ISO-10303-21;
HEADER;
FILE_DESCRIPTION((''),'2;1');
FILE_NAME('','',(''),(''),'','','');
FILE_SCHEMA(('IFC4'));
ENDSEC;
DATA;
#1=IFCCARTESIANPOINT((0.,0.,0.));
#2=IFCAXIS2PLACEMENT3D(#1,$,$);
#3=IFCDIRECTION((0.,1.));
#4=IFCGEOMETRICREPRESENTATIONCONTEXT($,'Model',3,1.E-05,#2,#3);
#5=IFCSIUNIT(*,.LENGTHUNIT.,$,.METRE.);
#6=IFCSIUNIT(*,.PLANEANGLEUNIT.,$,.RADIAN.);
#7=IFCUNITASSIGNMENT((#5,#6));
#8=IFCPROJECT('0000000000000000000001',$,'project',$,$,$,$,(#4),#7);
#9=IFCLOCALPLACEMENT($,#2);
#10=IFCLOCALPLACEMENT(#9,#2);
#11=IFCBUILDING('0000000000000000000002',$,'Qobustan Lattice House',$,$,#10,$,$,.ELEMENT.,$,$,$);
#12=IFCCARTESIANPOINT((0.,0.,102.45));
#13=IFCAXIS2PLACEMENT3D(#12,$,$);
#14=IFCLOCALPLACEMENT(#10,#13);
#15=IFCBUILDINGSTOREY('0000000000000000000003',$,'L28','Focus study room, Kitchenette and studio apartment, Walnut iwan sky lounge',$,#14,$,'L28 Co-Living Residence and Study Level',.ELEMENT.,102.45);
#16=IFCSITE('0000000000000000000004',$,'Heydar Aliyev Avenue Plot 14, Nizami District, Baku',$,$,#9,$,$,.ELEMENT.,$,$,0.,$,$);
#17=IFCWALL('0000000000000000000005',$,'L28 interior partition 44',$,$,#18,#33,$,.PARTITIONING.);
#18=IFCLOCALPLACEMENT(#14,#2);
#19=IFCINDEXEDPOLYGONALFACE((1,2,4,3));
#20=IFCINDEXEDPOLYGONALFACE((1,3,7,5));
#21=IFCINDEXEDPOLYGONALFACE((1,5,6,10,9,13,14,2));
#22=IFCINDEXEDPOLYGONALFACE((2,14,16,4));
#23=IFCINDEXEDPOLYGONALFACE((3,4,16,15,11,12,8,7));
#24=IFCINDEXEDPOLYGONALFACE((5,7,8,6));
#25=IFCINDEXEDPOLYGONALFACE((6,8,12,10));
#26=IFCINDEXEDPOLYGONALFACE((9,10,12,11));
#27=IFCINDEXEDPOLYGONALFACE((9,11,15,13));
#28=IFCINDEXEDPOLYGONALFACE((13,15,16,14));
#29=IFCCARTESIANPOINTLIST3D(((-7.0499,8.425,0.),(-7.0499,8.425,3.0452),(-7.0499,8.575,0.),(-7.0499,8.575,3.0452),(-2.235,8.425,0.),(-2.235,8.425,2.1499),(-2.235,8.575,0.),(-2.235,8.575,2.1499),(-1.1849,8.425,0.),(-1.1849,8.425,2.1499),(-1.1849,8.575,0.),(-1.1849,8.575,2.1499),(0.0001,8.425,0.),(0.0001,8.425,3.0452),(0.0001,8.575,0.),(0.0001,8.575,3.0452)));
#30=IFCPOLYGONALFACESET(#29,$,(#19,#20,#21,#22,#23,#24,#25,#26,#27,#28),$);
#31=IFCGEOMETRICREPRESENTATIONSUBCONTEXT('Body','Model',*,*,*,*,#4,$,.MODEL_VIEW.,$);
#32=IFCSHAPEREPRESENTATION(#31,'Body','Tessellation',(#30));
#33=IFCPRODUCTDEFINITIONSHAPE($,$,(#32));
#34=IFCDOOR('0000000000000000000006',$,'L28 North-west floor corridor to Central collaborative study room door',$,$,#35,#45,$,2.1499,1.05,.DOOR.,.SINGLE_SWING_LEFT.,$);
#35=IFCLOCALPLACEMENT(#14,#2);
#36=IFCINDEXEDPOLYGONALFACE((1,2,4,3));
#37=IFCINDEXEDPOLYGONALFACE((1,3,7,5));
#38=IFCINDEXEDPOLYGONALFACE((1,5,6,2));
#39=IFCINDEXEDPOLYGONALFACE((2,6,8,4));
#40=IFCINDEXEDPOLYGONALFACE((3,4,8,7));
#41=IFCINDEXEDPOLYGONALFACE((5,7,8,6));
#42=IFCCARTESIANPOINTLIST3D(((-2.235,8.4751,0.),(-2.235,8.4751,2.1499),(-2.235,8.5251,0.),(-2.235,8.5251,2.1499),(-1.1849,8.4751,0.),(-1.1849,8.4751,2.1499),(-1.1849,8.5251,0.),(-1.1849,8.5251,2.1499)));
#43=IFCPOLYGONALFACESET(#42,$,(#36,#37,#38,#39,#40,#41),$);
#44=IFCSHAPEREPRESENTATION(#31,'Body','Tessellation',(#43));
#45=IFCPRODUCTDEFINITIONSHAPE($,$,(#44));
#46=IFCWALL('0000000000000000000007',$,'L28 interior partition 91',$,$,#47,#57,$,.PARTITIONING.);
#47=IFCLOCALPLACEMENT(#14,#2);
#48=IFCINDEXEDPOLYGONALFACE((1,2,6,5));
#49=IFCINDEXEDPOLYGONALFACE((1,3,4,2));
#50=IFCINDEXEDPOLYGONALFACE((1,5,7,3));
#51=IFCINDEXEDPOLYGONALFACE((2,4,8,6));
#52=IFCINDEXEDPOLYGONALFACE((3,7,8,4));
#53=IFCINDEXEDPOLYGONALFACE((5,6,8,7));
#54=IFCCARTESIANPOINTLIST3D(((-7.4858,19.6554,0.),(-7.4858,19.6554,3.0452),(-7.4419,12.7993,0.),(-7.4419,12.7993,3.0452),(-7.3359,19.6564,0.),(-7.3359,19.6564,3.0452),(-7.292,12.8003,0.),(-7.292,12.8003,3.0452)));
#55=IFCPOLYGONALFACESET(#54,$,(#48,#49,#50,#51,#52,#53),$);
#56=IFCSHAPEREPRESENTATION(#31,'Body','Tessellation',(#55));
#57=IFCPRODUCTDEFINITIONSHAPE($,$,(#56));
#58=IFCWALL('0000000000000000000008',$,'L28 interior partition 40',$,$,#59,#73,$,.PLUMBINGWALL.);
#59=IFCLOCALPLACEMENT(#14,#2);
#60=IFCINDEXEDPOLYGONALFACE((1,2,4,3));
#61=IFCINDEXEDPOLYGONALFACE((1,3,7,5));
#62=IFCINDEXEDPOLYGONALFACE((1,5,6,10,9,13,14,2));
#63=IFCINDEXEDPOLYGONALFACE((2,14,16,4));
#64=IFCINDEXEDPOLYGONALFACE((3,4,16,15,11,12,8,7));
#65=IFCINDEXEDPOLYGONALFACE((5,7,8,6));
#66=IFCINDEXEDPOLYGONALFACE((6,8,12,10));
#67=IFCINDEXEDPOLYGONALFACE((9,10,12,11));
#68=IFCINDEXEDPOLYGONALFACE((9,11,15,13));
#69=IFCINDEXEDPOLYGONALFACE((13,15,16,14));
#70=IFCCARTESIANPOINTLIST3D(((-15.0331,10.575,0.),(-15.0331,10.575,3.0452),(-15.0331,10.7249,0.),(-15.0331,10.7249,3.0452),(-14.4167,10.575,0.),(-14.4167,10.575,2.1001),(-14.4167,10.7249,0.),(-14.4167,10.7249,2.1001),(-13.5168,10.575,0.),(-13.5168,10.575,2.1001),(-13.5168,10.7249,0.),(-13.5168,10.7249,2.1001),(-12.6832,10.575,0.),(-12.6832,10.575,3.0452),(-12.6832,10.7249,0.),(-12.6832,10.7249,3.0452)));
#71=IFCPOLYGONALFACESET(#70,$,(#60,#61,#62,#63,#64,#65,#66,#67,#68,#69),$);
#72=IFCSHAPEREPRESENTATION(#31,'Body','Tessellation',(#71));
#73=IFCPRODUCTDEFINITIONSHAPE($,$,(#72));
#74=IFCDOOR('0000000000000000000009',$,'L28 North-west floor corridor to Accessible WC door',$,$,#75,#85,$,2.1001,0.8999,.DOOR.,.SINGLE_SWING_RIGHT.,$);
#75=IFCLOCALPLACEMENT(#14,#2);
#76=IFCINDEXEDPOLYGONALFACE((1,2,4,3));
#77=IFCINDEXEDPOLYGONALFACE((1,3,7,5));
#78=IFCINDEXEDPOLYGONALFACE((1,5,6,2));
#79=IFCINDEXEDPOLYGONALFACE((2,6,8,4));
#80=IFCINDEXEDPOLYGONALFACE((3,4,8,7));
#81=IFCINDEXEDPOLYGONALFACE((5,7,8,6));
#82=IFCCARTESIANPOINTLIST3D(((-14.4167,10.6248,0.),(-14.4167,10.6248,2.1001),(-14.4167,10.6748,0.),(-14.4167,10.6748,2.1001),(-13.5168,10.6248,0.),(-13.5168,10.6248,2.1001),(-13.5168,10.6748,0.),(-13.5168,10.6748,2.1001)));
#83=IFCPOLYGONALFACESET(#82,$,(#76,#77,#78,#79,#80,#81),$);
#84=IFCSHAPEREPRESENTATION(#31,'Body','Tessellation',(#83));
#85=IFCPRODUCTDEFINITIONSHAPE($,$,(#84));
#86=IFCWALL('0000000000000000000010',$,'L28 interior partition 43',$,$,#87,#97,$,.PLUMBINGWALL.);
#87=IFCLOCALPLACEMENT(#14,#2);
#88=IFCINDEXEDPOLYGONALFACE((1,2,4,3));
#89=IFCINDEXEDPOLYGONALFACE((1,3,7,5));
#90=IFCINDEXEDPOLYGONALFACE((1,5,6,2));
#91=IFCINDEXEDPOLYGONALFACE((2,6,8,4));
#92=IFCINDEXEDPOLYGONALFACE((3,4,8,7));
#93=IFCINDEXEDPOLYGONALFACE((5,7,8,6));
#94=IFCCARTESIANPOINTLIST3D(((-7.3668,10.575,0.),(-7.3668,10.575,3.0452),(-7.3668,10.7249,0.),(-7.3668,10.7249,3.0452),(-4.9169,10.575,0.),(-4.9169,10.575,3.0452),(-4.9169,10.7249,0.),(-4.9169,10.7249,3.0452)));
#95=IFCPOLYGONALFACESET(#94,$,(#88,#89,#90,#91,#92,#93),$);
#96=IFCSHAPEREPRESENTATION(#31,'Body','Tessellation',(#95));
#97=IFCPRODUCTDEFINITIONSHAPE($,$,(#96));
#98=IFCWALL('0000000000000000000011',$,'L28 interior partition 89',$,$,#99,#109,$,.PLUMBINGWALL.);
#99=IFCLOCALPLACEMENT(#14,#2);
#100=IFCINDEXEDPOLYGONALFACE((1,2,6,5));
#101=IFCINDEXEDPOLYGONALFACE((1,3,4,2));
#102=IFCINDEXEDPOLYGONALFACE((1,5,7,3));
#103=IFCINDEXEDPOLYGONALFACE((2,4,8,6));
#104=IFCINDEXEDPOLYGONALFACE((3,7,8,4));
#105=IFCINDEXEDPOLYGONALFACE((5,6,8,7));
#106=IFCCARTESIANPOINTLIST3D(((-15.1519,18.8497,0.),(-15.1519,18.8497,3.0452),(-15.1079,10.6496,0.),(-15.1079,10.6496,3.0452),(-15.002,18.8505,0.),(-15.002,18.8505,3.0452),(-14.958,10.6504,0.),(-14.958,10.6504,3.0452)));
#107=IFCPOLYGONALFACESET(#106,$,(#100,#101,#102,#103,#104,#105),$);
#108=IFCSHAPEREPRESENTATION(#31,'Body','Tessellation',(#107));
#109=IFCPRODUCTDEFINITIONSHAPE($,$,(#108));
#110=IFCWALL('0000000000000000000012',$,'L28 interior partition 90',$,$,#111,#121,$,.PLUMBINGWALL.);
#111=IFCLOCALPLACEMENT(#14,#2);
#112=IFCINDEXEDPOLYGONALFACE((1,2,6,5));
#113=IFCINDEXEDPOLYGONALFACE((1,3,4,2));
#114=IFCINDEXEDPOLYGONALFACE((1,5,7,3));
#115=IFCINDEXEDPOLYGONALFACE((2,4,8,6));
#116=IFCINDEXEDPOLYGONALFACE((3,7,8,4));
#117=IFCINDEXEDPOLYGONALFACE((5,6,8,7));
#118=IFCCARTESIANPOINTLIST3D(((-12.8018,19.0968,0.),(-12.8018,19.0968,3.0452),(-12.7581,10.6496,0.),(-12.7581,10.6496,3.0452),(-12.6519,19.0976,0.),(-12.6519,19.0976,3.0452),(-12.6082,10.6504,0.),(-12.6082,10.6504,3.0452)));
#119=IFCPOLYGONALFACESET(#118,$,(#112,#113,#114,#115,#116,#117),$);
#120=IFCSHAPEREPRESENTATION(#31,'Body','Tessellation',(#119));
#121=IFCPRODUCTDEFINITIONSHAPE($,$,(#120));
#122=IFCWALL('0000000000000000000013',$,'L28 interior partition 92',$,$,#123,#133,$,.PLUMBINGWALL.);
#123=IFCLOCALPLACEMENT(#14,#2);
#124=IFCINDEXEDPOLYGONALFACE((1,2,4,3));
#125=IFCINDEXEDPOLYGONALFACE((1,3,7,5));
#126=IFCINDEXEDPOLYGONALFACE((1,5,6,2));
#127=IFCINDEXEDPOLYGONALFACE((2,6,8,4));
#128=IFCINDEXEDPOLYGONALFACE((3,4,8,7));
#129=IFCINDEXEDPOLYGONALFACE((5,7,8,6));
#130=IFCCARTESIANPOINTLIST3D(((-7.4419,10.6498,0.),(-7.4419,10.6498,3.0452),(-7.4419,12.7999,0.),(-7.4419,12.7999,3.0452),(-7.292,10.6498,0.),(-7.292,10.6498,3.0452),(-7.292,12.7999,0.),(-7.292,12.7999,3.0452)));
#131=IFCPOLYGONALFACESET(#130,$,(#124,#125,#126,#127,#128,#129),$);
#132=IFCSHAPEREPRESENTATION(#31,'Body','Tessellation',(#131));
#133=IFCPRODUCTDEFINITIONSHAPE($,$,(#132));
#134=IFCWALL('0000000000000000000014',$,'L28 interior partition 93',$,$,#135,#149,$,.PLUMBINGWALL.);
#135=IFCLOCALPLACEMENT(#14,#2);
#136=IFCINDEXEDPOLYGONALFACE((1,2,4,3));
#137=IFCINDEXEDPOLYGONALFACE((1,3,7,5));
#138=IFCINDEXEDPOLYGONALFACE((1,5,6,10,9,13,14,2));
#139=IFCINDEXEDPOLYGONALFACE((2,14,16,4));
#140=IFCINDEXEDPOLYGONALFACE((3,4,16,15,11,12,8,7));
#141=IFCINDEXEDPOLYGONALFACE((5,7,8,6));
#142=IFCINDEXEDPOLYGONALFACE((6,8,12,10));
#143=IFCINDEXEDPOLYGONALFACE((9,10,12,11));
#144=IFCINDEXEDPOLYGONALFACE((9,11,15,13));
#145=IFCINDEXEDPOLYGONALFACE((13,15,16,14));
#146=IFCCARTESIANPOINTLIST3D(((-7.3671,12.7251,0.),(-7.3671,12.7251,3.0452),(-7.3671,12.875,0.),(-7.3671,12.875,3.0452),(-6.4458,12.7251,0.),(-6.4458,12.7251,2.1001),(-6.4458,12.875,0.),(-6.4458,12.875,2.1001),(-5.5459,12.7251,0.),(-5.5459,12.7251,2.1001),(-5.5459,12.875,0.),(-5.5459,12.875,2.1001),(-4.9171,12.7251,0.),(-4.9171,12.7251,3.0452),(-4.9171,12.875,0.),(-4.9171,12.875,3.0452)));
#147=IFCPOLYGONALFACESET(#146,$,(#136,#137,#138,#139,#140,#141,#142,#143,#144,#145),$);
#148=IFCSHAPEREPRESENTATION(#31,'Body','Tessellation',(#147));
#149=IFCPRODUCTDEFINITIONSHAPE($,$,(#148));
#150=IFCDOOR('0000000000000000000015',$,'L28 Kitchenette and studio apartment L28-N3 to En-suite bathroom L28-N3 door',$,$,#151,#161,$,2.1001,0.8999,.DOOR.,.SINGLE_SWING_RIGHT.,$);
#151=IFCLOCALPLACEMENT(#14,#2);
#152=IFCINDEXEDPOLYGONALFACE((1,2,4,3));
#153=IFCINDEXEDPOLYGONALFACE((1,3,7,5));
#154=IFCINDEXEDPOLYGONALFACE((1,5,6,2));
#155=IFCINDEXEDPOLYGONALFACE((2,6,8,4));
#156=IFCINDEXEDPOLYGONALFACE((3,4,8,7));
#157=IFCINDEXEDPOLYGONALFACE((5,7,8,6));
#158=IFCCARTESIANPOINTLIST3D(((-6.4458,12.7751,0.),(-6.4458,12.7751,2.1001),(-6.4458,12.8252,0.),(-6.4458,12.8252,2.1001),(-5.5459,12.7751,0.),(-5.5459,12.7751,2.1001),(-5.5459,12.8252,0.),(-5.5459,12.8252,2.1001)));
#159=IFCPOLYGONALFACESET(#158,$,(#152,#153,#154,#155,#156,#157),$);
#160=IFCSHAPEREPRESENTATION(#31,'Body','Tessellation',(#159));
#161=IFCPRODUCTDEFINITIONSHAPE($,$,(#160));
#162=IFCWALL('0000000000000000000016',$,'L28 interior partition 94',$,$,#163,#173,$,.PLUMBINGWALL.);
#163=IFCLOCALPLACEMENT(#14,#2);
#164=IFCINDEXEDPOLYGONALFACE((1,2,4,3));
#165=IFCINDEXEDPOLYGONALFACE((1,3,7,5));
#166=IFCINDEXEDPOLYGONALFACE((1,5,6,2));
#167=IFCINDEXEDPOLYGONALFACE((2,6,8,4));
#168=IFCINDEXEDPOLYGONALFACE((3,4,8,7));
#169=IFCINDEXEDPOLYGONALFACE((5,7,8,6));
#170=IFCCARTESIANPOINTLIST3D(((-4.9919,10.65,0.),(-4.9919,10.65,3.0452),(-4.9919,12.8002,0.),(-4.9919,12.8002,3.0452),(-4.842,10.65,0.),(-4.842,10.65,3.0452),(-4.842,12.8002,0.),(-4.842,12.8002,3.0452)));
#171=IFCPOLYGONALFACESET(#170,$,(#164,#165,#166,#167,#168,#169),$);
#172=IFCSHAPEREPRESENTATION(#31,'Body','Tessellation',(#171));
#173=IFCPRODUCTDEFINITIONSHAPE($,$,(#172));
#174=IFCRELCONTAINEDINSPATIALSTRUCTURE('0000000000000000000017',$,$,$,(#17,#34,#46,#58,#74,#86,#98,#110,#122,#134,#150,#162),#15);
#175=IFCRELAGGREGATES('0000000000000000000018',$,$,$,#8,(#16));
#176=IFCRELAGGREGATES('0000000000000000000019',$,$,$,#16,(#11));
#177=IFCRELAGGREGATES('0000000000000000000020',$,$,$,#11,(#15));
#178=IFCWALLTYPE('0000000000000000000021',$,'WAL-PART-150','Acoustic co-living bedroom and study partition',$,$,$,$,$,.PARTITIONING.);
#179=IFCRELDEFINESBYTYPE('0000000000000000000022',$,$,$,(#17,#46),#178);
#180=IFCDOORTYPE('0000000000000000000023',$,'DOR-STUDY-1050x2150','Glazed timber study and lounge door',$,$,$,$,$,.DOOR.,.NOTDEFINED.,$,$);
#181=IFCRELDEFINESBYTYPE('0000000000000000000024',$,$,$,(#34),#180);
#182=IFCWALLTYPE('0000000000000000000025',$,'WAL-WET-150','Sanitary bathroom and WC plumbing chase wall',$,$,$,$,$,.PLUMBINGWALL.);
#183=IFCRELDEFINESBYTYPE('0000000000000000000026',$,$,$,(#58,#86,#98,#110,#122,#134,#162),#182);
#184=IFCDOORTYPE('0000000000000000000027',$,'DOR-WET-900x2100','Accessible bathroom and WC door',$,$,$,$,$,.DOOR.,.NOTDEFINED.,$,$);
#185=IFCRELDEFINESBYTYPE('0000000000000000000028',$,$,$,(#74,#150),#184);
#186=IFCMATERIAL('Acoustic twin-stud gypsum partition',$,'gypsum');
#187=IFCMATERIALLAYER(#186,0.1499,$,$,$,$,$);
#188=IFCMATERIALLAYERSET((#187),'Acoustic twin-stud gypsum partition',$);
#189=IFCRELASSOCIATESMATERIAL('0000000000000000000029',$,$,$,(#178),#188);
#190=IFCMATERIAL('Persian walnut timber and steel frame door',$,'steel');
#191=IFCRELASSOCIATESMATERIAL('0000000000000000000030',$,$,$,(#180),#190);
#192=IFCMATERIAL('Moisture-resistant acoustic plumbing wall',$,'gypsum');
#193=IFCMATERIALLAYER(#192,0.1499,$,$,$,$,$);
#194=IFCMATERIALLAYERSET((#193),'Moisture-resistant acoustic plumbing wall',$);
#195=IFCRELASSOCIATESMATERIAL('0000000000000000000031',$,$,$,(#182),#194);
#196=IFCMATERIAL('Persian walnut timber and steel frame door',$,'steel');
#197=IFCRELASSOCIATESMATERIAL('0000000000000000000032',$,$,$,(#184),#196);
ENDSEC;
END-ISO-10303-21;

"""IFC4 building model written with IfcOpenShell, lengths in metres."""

from ifc_helpers import new_model, si_unit, direction, frame, frame_2d, origin, place, context, subcontext, project, spatial, rectangle, extrude, material, layer, layer_set, type_object, element, fill, save


model = new_model("IFC4")

# Units and contexts
model_context = context("Model", 3, precision=1e-05, world=origin(), true_north=direction((0.0, 1.0)))
body_context = subcontext(model_context, "Body", "Model", "MODEL_VIEW")
ifc_project = project(units=[si_unit("LENGTHUNIT", "METRE"), si_unit("PLANEANGLEUNIT", "RADIAN")], contexts=[model_context])

# Site, building, storey
site_placement = place(None, origin())
site = spatial("IfcSite", under=ifc_project, at=site_placement, Name="Heydar Aliyev Avenue Plot 14, Nizami District, Baku", CompositionType="ELEMENT", RefElevation=0.0)
building_placement = place(site_placement, origin())
building = spatial("IfcBuilding", under=site, at=building_placement, Name="Qobustan Lattice House", CompositionType="ELEMENT")
storey_placement = place(building_placement, frame((0.0, 0.0, 102.45)))
storey = spatial("IfcBuildingStorey", under=building, at=storey_placement, Name="L28", Description="Focus study room, Kitchenette and studio apartment, Walnut iwan sky lounge", LongName="L28 Co-Living Residence and Study Level", CompositionType="ELEMENT", Elevation=102.45)

# Wall, opening, door
ifc_material_1 = material(Name="Acoustic twin-stud gypsum partition", Category="gypsum")
ifc_layer_1 = layer(ifc_material_1, 0.1499)
ifc_layer_set_1 = layer_set([ifc_layer_1], Name="Acoustic twin-stud gypsum partition")
wall_type_1 = type_object("IfcWallType", Name="WAL-PART-150", Description="Acoustic co-living bedroom and study partition", PredefinedType="PARTITIONING", material=ifc_layer_set_1)
wall_1_placement = place(storey_placement, frame((0.0, 8.5, 0.0), z_axis=(0.0, 0.0, 1.0), x_axis=(-1.0, 0.0, 0.0)))
wall_1 = element("IfcWall", 1, at=wall_1_placement, inside=storey, type_object=wall_type_1, Name="L28 interior partition 44", PredefinedType="PARTITIONING", context=body_context, shape_type="SweptSolid", body=[
    extrude(rectangle(XDim=7.05, YDim=0.1499, at=frame_2d((3.5249, 0.0))), origin(), (0.0, 0.0, 1.0), 3.0452),
])
opening_1_placement = place(wall_1_placement, frame((1.1851, 0.0, 0.0)))
opening_1 = element("IfcOpeningElement", 2, at=opening_1_placement, cuts=wall_1, PredefinedType="OPENING", context=body_context, shape_type="SweptSolid", body=[
    extrude(rectangle(XDim=1.05, YDim=2.1499, at=frame_2d((0.5249, 1.075))), frame((0.0, 0.085, 0.0), z_axis=(0.0, -1.0, 0.0), x_axis=(1.0, 0.0, 0.0)), (0.0, 0.0, 1.0), 0.1699),
])
ifc_material_2 = material(Name="Persian walnut timber and steel frame door", Category="steel")
door_type_1 = type_object("IfcDoorType", Name="DOR-STUDY-1050x2150", Description="Glazed timber study and lounge door", OperationType="NOTDEFINED", PredefinedType="DOOR", material=ifc_material_2)
door_1_placement = place(opening_1_placement, origin())
door_1 = element("IfcDoor", 3, at=door_1_placement, inside=storey, type_object=door_type_1, Name="L28 North-west floor corridor to Central collaborative study room door", OperationType="SINGLE_SWING_LEFT", OverallHeight=2.1499, OverallWidth=1.05, PredefinedType="DOOR", context=body_context, shape_type="SweptSolid", body=[
    extrude(rectangle(XDim=1.05, YDim=2.1499, at=frame_2d((0.5249, 1.075))), frame((0.0, 0.0249, 0.0), z_axis=(0.0, -1.0, 0.0), x_axis=(1.0, 0.0, 0.0)), (0.0, 0.0, 1.0), 0.05),
])
fill(opening_1, door_1)

# Wall
wall_2_placement = place(storey_placement, frame((-7.4109, 19.656, 0.0), z_axis=(0.0, 0.0, 1.0), x_axis=(0.00641, -0.999979, 0.0)))
element("IfcWall", 4, at=wall_2_placement, inside=storey, type_object=wall_type_1, Name="L28 interior partition 91", PredefinedType="PARTITIONING", context=body_context, shape_type="SweptSolid", body=[
    extrude(rectangle(XDim=6.8562, YDim=0.1499, at=frame_2d((3.4282, 0.0))), origin(), (0.0, 0.0, 1.0), 3.0452),
])

# Wall, opening, door
ifc_material_3 = material(Name="Moisture-resistant acoustic plumbing wall", Category="gypsum")
ifc_layer_2 = layer(ifc_material_3, 0.1499)
ifc_layer_set_2 = layer_set([ifc_layer_2], Name="Moisture-resistant acoustic plumbing wall")
wall_type_2 = type_object("IfcWallType", Name="WAL-WET-150", Description="Sanitary bathroom and WC plumbing chase wall", PredefinedType="PLUMBINGWALL", material=ifc_layer_set_2)
wall_3_placement = place(storey_placement, frame((-15.033, 10.6499, 0.0), z_axis=(0.0, 0.0, 1.0), x_axis=(1.0, 0.0, 0.0)))
wall_3 = element("IfcWall", 5, at=wall_3_placement, inside=storey, type_object=wall_type_2, Name="L28 interior partition 40", PredefinedType="PLUMBINGWALL", context=body_context, shape_type="SweptSolid", body=[
    extrude(rectangle(XDim=2.3499, YDim=0.1499, at=frame_2d((1.1748, 0.0))), origin(), (0.0, 0.0, 1.0), 3.0452),
])
opening_2_placement = place(wall_3_placement, frame((0.6162, 0.0, 0.0)))
opening_2 = element("IfcOpeningElement", 6, at=opening_2_placement, cuts=wall_3, PredefinedType="OPENING", context=body_context, shape_type="SweptSolid", body=[
    extrude(rectangle(XDim=0.8999, YDim=2.1001, at=frame_2d((0.45, 1.05))), frame((0.0, 0.085, 0.0), z_axis=(0.0, -1.0, 0.0), x_axis=(1.0, 0.0, 0.0)), (0.0, 0.0, 1.0), 0.1699),
])
ifc_material_4 = material(Name="Persian walnut timber and steel frame door", Category="steel")
door_type_2 = type_object("IfcDoorType", Name="DOR-WET-900x2100", Description="Accessible bathroom and WC door", OperationType="NOTDEFINED", PredefinedType="DOOR", material=ifc_material_4)
door_2_placement = place(opening_2_placement, origin())
door_2 = element("IfcDoor", 7, at=door_2_placement, inside=storey, type_object=door_type_2, Name="L28 North-west floor corridor to Accessible WC door", OperationType="SINGLE_SWING_RIGHT", OverallHeight=2.1001, OverallWidth=0.8999, PredefinedType="DOOR", context=body_context, shape_type="SweptSolid", body=[
    extrude(rectangle(XDim=0.8999, YDim=2.1001, at=frame_2d((0.45, 1.05))), frame((0.0, 0.0249, 0.0), z_axis=(0.0, -1.0, 0.0), x_axis=(1.0, 0.0, 0.0)), (0.0, 0.0, 1.0), 0.05),
])
fill(opening_2, door_2)

# Walls
wall_4_placement = place(storey_placement, frame((-7.3669, 10.6499, 0.0), z_axis=(0.0, 0.0, 1.0), x_axis=(1.0, 0.0, 0.0)))
element("IfcWall", 8, at=wall_4_placement, inside=storey, type_object=wall_type_2, Name="L28 interior partition 43", PredefinedType="PLUMBINGWALL", context=body_context, shape_type="SweptSolid", body=[
    extrude(rectangle(XDim=2.45, YDim=0.1499, at=frame_2d((1.2251, 0.0))), origin(), (0.0, 0.0, 1.0), 3.0452),
])
wall_5_placement = place(storey_placement, frame((-15.0769, 18.8501, 0.0), z_axis=(0.0, 0.0, 1.0), x_axis=(0.005359, -0.999986, 0.0)))
element("IfcWall", 9, at=wall_5_placement, inside=storey, type_object=wall_type_2, Name="L28 interior partition 89", PredefinedType="PLUMBINGWALL", context=body_context, shape_type="SweptSolid", body=[
    extrude(rectangle(XDim=8.2002, YDim=0.1499, at=frame_2d((4.1001, 0.0))), origin(), (0.0, 0.0, 1.0), 3.0452),
])
wall_6_placement = place(storey_placement, frame((-12.7268, 19.0972, 0.0), z_axis=(0.0, 0.0, 1.0), x_axis=(0.005173, -0.999987, 0.0)))
element("IfcWall", 10, at=wall_6_placement, inside=storey, type_object=wall_type_2, Name="L28 interior partition 90", PredefinedType="PLUMBINGWALL", context=body_context, shape_type="SweptSolid", body=[
    extrude(rectangle(XDim=8.4473, YDim=0.1499, at=frame_2d((4.2236, 0.0))), origin(), (0.0, 0.0, 1.0), 3.0452),
])
wall_7_placement = place(storey_placement, frame((-7.3669, 12.8, 0.0), z_axis=(0.0, 0.0, 1.0), x_axis=(0.0, -1.0, 0.0)))
element("IfcWall", 11, at=wall_7_placement, inside=storey, type_object=wall_type_2, Name="L28 interior partition 92", PredefinedType="PLUMBINGWALL", context=body_context, shape_type="SweptSolid", body=[
    extrude(rectangle(XDim=2.1501, YDim=0.1499, at=frame_2d((1.0752, 0.0))), origin(), (0.0, 0.0, 1.0), 3.0452),
])

# Wall, opening, door
wall_8_placement = place(storey_placement, frame((-4.917, 12.8, 0.0), z_axis=(0.0, 0.0, 1.0), x_axis=(-1.0, 0.0, 0.0)))
wall_8 = element("IfcWall", 12, at=wall_8_placement, inside=storey, type_object=wall_type_2, Name="L28 interior partition 93", PredefinedType="PLUMBINGWALL", context=body_context, shape_type="SweptSolid", body=[
    extrude(rectangle(XDim=2.45, YDim=0.1499, at=frame_2d((1.2251, 0.0))), origin(), (0.0, 0.0, 1.0), 3.0452),
])
opening_3_placement = place(wall_8_placement, frame((0.6289, 0.0, 0.0)))
opening_3 = element("IfcOpeningElement", 13, at=opening_3_placement, cuts=wall_8, PredefinedType="OPENING", context=body_context, shape_type="SweptSolid", body=[
    extrude(rectangle(XDim=0.8999, YDim=2.1001, at=frame_2d((0.45, 1.05))), frame((0.0, 0.085, 0.0), z_axis=(0.0, -1.0, 0.0), x_axis=(1.0, 0.0, 0.0)), (0.0, 0.0, 1.0), 0.1699),
])
door_3_placement = place(opening_3_placement, origin())
door_3 = element("IfcDoor", 14, at=door_3_placement, inside=storey, type_object=door_type_2, Name="L28 Kitchenette and studio apartment L28-N3 to En-suite bathroom L28-N3 door", OperationType="SINGLE_SWING_RIGHT", OverallHeight=2.1001, OverallWidth=0.8999, PredefinedType="DOOR", context=body_context, shape_type="SweptSolid", body=[
    extrude(rectangle(XDim=0.8999, YDim=2.1001, at=frame_2d((0.45, 1.05))), frame((0.0, 0.0249, 0.0), z_axis=(0.0, -1.0, 0.0), x_axis=(1.0, 0.0, 0.0)), (0.0, 0.0, 1.0), 0.05),
])
fill(opening_3, door_3)

# Wall
wall_9_placement = place(storey_placement, frame((-4.917, 10.6499, 0.0), z_axis=(0.0, 0.0, 1.0), x_axis=(0.0, 1.0, 0.0)))
element("IfcWall", 15, at=wall_9_placement, inside=storey, type_object=wall_type_2, Name="L28 interior partition 94", PredefinedType="PLUMBINGWALL", context=body_context, shape_type="SweptSolid", body=[
    extrude(rectangle(XDim=2.1501, YDim=0.1499, at=frame_2d((1.0752, 0.0))), origin(), (0.0, 0.0, 1.0), 3.0452),
])

save(model, "model.ifc")
